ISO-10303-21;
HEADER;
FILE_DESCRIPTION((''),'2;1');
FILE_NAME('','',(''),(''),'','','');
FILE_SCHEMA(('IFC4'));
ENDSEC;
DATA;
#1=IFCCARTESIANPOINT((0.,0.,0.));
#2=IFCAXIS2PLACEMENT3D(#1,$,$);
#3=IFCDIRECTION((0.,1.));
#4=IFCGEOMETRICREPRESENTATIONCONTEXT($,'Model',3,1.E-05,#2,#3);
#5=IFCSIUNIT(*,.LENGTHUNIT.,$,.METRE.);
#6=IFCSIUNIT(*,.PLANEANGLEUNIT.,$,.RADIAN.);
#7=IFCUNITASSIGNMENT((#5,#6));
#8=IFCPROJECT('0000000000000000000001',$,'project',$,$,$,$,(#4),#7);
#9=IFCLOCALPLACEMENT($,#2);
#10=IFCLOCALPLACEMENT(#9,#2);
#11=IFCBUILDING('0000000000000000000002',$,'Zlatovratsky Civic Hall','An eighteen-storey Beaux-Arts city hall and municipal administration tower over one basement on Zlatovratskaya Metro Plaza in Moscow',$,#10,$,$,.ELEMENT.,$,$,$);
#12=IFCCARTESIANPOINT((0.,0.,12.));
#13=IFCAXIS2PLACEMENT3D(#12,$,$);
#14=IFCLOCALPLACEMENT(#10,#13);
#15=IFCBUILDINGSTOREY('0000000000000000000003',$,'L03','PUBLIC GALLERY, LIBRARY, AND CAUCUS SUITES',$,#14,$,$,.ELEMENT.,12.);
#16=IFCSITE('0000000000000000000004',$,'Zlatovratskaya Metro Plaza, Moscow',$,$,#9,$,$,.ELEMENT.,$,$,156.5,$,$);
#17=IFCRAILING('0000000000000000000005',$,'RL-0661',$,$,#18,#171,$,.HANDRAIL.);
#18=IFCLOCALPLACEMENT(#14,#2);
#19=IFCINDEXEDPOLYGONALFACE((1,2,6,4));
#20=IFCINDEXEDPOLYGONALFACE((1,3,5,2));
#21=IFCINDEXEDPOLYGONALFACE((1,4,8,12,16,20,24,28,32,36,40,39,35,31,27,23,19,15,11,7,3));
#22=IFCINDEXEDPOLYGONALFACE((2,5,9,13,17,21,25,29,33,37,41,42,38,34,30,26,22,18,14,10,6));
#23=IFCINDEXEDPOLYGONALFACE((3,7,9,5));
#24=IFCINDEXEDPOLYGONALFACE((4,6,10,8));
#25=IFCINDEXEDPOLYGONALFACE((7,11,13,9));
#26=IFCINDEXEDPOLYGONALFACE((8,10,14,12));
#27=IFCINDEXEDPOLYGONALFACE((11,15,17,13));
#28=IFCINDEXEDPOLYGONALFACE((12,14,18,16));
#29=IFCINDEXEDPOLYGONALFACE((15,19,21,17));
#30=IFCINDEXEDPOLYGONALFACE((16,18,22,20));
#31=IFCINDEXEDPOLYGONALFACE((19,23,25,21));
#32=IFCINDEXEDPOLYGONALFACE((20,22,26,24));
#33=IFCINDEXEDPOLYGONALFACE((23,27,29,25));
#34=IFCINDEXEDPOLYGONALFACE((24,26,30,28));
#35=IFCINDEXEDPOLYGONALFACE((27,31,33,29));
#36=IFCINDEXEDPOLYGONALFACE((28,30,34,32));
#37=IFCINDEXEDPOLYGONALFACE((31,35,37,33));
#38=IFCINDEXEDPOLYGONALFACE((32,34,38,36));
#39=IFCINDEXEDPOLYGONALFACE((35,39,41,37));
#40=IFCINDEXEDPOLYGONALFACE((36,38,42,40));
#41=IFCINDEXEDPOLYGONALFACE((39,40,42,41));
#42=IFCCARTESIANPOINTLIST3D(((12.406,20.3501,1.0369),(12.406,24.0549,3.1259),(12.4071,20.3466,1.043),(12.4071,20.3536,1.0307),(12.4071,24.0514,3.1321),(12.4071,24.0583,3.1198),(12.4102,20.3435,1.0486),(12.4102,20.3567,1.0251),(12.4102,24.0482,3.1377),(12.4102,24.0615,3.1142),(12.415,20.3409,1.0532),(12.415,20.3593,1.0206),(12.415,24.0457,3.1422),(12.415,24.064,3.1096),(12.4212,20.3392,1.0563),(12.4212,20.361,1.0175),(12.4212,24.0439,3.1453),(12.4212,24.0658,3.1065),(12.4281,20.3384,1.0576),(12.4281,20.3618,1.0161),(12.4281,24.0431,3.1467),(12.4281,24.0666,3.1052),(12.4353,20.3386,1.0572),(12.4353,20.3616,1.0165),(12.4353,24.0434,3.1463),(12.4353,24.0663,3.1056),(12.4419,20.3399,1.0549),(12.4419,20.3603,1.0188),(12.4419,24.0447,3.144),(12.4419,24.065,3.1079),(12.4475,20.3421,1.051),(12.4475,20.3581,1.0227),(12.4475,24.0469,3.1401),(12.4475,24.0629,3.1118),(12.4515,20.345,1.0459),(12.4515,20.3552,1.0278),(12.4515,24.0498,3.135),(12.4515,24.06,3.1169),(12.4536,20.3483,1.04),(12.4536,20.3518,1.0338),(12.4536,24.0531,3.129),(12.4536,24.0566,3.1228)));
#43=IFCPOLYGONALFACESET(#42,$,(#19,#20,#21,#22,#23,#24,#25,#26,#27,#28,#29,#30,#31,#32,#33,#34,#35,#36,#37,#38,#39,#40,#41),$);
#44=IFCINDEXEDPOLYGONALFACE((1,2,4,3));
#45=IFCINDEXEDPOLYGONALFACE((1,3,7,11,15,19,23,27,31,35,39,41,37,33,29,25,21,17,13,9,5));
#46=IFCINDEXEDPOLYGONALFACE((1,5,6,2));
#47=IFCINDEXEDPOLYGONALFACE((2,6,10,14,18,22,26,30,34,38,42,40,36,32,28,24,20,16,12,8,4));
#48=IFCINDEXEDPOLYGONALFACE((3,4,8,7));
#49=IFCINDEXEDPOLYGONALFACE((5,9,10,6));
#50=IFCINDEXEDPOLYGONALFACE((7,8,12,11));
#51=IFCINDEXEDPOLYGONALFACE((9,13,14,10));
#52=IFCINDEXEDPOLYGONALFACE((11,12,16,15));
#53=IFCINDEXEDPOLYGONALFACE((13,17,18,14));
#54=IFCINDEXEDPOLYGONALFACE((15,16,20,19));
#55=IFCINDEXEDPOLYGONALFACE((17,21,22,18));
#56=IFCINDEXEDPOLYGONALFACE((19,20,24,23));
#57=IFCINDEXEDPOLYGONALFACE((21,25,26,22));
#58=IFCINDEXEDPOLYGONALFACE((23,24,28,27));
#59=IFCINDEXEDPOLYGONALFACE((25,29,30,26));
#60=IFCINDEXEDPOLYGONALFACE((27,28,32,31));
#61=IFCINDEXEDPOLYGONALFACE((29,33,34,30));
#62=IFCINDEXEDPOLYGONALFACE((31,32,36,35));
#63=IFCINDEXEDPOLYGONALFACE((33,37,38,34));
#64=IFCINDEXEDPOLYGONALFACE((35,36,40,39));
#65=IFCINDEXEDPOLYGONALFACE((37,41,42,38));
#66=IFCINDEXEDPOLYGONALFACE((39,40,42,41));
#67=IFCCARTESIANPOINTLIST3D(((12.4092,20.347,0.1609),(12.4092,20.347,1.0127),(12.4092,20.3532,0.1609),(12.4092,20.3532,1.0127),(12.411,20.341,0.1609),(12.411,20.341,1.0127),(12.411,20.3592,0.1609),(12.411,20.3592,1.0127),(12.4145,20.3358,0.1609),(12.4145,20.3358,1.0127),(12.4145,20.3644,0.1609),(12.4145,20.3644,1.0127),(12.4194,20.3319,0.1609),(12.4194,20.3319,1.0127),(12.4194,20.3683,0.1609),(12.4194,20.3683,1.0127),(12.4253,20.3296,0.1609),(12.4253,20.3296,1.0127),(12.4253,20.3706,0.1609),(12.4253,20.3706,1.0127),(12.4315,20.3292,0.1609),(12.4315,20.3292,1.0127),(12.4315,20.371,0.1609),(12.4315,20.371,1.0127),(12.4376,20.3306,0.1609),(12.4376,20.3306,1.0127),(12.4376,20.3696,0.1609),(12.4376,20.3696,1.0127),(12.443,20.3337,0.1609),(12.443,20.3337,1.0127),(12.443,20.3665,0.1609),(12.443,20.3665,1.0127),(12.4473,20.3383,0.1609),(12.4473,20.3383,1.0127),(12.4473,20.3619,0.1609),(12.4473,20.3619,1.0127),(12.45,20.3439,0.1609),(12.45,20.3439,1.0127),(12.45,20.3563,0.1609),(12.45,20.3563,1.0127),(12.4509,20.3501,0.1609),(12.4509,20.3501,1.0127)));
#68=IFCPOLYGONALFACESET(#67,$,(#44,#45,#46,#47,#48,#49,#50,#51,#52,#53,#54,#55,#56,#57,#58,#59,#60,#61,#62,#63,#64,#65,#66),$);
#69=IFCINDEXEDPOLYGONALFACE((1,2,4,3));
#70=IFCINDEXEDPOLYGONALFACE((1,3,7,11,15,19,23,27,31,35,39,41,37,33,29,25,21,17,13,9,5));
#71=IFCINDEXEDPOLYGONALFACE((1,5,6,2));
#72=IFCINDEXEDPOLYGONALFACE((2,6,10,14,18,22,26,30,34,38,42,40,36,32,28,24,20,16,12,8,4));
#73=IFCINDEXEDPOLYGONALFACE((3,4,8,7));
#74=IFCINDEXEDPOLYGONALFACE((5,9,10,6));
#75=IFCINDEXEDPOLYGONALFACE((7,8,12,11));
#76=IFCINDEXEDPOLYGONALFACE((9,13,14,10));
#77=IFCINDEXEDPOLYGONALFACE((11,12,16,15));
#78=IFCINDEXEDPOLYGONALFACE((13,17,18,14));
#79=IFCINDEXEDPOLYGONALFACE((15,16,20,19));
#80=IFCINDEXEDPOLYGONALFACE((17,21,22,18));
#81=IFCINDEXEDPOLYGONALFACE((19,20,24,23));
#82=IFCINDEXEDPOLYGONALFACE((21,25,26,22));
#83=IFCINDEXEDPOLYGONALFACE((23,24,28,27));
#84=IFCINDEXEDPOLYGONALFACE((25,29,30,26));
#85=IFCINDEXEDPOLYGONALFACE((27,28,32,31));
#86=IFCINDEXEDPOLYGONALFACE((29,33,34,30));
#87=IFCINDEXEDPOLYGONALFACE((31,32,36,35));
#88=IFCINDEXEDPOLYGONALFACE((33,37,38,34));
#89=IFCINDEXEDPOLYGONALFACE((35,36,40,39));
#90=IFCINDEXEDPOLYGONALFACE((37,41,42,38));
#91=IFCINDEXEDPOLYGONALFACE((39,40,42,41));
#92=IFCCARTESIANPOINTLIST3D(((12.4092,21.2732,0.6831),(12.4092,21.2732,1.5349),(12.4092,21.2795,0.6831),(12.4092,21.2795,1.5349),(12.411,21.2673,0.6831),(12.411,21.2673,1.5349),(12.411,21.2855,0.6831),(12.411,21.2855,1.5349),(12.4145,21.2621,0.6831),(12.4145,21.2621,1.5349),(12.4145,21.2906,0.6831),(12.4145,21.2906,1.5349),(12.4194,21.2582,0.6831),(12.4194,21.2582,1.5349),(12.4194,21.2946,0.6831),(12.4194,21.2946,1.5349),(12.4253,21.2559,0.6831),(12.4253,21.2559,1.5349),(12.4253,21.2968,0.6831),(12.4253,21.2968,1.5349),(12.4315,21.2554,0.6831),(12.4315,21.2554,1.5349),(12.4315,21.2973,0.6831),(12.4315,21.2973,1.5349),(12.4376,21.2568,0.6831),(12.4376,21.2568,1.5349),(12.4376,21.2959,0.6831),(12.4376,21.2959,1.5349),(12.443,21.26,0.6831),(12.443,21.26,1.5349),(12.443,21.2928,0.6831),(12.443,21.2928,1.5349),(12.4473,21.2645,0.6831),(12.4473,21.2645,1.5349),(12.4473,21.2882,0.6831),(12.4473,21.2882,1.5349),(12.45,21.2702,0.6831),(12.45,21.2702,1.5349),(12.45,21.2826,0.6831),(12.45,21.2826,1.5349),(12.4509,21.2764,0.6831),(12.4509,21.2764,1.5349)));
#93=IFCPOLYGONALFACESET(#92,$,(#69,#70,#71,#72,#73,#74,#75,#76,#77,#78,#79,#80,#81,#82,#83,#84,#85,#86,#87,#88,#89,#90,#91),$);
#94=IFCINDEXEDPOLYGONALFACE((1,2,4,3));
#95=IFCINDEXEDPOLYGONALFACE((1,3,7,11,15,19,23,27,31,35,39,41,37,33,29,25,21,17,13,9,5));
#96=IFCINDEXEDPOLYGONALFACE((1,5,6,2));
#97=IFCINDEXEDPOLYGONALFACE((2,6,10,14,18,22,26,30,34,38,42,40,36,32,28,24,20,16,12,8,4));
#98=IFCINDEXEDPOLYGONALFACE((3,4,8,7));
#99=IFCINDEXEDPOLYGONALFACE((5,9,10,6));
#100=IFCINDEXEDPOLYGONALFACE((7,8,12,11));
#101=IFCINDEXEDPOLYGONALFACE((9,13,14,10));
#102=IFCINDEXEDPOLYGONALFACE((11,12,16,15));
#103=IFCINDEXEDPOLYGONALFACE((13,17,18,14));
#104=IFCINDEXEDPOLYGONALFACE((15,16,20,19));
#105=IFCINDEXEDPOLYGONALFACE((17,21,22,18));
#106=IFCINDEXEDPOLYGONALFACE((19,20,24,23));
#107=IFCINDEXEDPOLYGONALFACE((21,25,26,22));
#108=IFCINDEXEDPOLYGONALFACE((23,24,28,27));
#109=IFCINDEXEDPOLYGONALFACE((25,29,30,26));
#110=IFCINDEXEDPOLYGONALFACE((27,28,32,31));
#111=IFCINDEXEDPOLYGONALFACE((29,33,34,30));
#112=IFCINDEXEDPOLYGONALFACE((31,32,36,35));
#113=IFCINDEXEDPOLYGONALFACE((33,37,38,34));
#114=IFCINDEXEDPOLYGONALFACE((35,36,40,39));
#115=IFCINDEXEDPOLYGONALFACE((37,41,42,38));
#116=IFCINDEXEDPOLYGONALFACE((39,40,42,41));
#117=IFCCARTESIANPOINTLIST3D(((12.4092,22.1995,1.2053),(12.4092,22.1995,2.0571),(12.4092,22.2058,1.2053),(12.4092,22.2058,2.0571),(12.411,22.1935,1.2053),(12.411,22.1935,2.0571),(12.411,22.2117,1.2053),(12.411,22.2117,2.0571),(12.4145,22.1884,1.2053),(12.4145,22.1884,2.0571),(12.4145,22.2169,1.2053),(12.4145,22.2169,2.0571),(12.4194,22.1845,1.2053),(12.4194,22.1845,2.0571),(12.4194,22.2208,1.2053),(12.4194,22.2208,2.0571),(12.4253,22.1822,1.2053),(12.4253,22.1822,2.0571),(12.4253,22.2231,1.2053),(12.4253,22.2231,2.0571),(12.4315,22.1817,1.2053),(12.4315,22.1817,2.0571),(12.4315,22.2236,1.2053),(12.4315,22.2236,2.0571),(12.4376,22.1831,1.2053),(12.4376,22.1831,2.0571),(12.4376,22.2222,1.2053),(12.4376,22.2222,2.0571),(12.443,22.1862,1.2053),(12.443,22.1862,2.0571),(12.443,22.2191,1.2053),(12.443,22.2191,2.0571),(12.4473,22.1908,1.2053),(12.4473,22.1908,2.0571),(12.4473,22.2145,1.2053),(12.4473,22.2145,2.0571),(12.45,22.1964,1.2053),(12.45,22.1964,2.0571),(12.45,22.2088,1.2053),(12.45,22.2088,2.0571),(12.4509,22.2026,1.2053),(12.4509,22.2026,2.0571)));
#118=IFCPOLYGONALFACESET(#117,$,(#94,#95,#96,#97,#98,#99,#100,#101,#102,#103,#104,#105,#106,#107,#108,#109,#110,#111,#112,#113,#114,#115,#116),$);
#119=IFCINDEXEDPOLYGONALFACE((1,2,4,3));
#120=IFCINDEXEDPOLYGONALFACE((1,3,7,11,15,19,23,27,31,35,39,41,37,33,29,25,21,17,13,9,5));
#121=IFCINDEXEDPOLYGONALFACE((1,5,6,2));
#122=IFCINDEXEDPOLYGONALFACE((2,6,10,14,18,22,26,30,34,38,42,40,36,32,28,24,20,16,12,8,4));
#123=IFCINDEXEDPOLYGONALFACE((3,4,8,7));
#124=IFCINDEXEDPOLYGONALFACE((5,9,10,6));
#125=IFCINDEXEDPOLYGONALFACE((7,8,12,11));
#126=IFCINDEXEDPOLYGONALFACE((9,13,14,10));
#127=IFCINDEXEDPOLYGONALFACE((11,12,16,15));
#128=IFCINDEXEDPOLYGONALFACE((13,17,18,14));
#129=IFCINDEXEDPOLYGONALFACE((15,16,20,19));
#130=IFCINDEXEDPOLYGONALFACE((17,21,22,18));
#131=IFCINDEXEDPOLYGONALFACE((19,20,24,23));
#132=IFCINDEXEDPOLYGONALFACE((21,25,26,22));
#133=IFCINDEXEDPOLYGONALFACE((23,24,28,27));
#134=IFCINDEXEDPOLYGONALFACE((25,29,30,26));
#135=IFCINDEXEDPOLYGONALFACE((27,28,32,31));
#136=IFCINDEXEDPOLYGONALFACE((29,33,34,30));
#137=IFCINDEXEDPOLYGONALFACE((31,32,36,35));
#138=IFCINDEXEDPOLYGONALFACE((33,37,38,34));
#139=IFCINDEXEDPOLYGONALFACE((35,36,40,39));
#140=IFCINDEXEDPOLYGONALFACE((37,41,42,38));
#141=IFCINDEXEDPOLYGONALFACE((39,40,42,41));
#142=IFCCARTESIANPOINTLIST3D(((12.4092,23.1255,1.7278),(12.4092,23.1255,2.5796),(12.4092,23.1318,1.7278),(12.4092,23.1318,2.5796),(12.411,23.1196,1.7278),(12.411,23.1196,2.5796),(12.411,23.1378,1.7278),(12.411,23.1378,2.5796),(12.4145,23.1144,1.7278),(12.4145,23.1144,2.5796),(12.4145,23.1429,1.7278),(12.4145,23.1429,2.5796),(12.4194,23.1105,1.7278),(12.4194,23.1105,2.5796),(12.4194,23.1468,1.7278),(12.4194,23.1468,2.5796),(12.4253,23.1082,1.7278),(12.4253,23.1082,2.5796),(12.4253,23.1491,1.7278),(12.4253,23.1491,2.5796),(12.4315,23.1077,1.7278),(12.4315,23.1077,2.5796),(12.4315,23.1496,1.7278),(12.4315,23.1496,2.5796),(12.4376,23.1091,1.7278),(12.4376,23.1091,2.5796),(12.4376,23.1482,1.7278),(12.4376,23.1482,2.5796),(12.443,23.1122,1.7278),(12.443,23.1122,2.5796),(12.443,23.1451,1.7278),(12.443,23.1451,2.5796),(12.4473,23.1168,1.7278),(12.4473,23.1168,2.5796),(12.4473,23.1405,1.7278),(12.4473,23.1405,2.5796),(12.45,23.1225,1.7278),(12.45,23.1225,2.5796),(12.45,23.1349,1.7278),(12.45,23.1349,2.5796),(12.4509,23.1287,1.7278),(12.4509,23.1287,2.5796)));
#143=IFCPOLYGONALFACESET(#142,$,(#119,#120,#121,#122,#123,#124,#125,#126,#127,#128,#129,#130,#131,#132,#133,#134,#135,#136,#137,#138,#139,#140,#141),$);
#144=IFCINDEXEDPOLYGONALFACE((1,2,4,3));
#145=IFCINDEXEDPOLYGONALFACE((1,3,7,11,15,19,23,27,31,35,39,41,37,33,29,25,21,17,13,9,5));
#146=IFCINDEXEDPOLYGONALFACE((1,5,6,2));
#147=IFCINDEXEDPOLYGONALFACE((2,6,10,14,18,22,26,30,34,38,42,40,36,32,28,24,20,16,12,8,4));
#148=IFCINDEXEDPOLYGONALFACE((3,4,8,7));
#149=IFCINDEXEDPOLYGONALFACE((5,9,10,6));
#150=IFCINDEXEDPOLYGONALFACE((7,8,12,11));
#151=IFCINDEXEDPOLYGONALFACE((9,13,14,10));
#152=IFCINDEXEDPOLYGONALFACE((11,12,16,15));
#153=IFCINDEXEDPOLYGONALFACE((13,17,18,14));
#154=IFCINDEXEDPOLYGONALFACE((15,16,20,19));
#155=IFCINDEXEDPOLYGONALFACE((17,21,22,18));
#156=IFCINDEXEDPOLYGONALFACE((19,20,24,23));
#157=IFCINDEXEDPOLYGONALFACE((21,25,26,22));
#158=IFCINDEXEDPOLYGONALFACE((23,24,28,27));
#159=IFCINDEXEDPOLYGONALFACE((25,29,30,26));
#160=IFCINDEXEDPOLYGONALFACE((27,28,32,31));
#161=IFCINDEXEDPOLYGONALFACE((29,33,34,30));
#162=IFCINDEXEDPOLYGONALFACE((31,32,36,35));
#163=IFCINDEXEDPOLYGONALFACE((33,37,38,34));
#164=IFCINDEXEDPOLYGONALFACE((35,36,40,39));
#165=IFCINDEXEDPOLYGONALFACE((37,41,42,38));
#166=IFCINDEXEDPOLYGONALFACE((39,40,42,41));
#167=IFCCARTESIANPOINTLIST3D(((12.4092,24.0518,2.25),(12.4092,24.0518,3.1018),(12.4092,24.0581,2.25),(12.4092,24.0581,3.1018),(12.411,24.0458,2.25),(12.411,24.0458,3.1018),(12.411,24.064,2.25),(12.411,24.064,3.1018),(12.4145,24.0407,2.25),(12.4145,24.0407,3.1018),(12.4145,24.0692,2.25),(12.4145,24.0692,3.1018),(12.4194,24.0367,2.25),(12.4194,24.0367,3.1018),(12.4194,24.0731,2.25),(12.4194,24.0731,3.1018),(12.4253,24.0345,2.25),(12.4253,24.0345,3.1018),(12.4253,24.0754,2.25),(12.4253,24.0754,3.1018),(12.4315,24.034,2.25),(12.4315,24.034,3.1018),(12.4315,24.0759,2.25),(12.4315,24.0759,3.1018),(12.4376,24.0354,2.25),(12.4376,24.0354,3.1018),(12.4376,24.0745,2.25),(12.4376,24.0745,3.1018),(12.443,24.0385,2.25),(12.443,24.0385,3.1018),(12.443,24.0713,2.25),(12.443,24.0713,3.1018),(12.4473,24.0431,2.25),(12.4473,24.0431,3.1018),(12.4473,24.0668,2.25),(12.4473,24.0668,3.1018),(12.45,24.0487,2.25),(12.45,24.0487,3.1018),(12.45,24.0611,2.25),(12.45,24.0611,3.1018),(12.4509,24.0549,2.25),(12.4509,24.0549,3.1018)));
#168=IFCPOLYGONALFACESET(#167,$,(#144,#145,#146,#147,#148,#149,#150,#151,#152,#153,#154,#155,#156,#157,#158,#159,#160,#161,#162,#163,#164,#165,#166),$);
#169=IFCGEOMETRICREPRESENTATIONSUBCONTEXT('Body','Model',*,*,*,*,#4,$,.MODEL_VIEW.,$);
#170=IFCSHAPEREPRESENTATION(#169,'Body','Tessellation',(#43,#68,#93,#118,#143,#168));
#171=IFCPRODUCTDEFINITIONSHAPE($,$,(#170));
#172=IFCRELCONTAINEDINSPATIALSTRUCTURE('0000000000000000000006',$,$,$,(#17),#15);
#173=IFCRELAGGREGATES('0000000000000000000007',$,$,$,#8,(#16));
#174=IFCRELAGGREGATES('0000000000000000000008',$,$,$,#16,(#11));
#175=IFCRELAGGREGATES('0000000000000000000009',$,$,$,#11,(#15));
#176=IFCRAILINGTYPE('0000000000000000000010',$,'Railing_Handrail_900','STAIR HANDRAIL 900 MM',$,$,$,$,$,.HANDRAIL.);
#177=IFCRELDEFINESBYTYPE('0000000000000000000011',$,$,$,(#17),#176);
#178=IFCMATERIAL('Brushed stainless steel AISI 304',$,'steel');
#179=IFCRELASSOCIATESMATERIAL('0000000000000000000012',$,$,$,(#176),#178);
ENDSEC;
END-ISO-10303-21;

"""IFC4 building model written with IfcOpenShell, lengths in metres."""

from ifc_helpers import new_model, si_unit, direction, frame, origin, origin_2d, place, context, subcontext, project, spatial, circle, extrude, material, type_object, element, save


model = new_model("IFC4")

# Units and contexts
model_context = context("Model", 3, precision=1e-05, world=origin(), true_north=direction((0.0, 1.0)))
body_context = subcontext(model_context, "Body", "Model", "MODEL_VIEW")
ifc_project = project(units=[si_unit("LENGTHUNIT", "METRE"), si_unit("PLANEANGLEUNIT", "RADIAN")], contexts=[model_context])

# Site, building, storey
site_placement = place(None, origin())
site = spatial("IfcSite", under=ifc_project, at=site_placement, Name="Zlatovratskaya Metro Plaza, Moscow", CompositionType="ELEMENT", RefElevation=156.5)
building_placement = place(site_placement, origin())
building = spatial("IfcBuilding", under=site, at=building_placement, Name="Zlatovratsky Civic Hall", Description="An eighteen-storey Beaux-Arts city hall and municipal administration tower over one basement on Zlatovratskaya Metro Plaza in Moscow", CompositionType="ELEMENT")
storey_placement = place(building_placement, frame((0.0, 0.0, 12.0)))
storey = spatial("IfcBuildingStorey", under=building, at=storey_placement, Name="L03", Description="PUBLIC GALLERY, LIBRARY, AND CAUCUS SUITES", CompositionType="ELEMENT", Elevation=12.0)

# Railing
ifc_material_1 = material(Name="Brushed stainless steel AISI 304", Category="steel")
railing_type_1 = type_object("IfcRailingType", Name="Railing_Handrail_900", Description="STAIR HANDRAIL 900 MM", PredefinedType="HANDRAIL", material=ifc_material_1)
railing_1_placement = place(storey_placement, frame((12.4299, 20.3501, 0.1609)))
element("IfcRailing", 1, at=railing_1_placement, inside=storey, type_object=railing_type_1, Name="RL-0661", PredefinedType="HANDRAIL", context=body_context, shape_type="SweptSolid", body=[
    extrude(circle(Radius=0.0239, at=origin_2d()), frame((0.0, 0.0, 0.876), z_axis=(0.0, 0.871058, 0.491179), x_axis=(-1.0, 0.0, 0.0)), (0.0, 0.0, 1.0), 4.2532),
    extrude(circle(Radius=0.021, at=origin_2d()), origin(), (0.0, 0.0, 1.0), 0.8518),
    extrude(circle(Radius=0.021, at=origin_2d()), frame((0.0, 0.9263, 0.5222)), (0.0, 0.0, 1.0), 0.8518),
    extrude(circle(Radius=0.021, at=origin_2d()), frame((0.0, 1.8525, 1.0444)), (0.0, 0.0, 1.0), 0.8518),
    extrude(circle(Radius=0.021, at=origin_2d()), frame((0.0, 2.7786, 1.5669)), (0.0, 0.0, 1.0), 0.8518),
    extrude(circle(Radius=0.021, at=origin_2d()), frame((0.0, 3.7048, 2.0891)), (0.0, 0.0, 1.0), 0.8518),
])

save(model, "model.ifc")
